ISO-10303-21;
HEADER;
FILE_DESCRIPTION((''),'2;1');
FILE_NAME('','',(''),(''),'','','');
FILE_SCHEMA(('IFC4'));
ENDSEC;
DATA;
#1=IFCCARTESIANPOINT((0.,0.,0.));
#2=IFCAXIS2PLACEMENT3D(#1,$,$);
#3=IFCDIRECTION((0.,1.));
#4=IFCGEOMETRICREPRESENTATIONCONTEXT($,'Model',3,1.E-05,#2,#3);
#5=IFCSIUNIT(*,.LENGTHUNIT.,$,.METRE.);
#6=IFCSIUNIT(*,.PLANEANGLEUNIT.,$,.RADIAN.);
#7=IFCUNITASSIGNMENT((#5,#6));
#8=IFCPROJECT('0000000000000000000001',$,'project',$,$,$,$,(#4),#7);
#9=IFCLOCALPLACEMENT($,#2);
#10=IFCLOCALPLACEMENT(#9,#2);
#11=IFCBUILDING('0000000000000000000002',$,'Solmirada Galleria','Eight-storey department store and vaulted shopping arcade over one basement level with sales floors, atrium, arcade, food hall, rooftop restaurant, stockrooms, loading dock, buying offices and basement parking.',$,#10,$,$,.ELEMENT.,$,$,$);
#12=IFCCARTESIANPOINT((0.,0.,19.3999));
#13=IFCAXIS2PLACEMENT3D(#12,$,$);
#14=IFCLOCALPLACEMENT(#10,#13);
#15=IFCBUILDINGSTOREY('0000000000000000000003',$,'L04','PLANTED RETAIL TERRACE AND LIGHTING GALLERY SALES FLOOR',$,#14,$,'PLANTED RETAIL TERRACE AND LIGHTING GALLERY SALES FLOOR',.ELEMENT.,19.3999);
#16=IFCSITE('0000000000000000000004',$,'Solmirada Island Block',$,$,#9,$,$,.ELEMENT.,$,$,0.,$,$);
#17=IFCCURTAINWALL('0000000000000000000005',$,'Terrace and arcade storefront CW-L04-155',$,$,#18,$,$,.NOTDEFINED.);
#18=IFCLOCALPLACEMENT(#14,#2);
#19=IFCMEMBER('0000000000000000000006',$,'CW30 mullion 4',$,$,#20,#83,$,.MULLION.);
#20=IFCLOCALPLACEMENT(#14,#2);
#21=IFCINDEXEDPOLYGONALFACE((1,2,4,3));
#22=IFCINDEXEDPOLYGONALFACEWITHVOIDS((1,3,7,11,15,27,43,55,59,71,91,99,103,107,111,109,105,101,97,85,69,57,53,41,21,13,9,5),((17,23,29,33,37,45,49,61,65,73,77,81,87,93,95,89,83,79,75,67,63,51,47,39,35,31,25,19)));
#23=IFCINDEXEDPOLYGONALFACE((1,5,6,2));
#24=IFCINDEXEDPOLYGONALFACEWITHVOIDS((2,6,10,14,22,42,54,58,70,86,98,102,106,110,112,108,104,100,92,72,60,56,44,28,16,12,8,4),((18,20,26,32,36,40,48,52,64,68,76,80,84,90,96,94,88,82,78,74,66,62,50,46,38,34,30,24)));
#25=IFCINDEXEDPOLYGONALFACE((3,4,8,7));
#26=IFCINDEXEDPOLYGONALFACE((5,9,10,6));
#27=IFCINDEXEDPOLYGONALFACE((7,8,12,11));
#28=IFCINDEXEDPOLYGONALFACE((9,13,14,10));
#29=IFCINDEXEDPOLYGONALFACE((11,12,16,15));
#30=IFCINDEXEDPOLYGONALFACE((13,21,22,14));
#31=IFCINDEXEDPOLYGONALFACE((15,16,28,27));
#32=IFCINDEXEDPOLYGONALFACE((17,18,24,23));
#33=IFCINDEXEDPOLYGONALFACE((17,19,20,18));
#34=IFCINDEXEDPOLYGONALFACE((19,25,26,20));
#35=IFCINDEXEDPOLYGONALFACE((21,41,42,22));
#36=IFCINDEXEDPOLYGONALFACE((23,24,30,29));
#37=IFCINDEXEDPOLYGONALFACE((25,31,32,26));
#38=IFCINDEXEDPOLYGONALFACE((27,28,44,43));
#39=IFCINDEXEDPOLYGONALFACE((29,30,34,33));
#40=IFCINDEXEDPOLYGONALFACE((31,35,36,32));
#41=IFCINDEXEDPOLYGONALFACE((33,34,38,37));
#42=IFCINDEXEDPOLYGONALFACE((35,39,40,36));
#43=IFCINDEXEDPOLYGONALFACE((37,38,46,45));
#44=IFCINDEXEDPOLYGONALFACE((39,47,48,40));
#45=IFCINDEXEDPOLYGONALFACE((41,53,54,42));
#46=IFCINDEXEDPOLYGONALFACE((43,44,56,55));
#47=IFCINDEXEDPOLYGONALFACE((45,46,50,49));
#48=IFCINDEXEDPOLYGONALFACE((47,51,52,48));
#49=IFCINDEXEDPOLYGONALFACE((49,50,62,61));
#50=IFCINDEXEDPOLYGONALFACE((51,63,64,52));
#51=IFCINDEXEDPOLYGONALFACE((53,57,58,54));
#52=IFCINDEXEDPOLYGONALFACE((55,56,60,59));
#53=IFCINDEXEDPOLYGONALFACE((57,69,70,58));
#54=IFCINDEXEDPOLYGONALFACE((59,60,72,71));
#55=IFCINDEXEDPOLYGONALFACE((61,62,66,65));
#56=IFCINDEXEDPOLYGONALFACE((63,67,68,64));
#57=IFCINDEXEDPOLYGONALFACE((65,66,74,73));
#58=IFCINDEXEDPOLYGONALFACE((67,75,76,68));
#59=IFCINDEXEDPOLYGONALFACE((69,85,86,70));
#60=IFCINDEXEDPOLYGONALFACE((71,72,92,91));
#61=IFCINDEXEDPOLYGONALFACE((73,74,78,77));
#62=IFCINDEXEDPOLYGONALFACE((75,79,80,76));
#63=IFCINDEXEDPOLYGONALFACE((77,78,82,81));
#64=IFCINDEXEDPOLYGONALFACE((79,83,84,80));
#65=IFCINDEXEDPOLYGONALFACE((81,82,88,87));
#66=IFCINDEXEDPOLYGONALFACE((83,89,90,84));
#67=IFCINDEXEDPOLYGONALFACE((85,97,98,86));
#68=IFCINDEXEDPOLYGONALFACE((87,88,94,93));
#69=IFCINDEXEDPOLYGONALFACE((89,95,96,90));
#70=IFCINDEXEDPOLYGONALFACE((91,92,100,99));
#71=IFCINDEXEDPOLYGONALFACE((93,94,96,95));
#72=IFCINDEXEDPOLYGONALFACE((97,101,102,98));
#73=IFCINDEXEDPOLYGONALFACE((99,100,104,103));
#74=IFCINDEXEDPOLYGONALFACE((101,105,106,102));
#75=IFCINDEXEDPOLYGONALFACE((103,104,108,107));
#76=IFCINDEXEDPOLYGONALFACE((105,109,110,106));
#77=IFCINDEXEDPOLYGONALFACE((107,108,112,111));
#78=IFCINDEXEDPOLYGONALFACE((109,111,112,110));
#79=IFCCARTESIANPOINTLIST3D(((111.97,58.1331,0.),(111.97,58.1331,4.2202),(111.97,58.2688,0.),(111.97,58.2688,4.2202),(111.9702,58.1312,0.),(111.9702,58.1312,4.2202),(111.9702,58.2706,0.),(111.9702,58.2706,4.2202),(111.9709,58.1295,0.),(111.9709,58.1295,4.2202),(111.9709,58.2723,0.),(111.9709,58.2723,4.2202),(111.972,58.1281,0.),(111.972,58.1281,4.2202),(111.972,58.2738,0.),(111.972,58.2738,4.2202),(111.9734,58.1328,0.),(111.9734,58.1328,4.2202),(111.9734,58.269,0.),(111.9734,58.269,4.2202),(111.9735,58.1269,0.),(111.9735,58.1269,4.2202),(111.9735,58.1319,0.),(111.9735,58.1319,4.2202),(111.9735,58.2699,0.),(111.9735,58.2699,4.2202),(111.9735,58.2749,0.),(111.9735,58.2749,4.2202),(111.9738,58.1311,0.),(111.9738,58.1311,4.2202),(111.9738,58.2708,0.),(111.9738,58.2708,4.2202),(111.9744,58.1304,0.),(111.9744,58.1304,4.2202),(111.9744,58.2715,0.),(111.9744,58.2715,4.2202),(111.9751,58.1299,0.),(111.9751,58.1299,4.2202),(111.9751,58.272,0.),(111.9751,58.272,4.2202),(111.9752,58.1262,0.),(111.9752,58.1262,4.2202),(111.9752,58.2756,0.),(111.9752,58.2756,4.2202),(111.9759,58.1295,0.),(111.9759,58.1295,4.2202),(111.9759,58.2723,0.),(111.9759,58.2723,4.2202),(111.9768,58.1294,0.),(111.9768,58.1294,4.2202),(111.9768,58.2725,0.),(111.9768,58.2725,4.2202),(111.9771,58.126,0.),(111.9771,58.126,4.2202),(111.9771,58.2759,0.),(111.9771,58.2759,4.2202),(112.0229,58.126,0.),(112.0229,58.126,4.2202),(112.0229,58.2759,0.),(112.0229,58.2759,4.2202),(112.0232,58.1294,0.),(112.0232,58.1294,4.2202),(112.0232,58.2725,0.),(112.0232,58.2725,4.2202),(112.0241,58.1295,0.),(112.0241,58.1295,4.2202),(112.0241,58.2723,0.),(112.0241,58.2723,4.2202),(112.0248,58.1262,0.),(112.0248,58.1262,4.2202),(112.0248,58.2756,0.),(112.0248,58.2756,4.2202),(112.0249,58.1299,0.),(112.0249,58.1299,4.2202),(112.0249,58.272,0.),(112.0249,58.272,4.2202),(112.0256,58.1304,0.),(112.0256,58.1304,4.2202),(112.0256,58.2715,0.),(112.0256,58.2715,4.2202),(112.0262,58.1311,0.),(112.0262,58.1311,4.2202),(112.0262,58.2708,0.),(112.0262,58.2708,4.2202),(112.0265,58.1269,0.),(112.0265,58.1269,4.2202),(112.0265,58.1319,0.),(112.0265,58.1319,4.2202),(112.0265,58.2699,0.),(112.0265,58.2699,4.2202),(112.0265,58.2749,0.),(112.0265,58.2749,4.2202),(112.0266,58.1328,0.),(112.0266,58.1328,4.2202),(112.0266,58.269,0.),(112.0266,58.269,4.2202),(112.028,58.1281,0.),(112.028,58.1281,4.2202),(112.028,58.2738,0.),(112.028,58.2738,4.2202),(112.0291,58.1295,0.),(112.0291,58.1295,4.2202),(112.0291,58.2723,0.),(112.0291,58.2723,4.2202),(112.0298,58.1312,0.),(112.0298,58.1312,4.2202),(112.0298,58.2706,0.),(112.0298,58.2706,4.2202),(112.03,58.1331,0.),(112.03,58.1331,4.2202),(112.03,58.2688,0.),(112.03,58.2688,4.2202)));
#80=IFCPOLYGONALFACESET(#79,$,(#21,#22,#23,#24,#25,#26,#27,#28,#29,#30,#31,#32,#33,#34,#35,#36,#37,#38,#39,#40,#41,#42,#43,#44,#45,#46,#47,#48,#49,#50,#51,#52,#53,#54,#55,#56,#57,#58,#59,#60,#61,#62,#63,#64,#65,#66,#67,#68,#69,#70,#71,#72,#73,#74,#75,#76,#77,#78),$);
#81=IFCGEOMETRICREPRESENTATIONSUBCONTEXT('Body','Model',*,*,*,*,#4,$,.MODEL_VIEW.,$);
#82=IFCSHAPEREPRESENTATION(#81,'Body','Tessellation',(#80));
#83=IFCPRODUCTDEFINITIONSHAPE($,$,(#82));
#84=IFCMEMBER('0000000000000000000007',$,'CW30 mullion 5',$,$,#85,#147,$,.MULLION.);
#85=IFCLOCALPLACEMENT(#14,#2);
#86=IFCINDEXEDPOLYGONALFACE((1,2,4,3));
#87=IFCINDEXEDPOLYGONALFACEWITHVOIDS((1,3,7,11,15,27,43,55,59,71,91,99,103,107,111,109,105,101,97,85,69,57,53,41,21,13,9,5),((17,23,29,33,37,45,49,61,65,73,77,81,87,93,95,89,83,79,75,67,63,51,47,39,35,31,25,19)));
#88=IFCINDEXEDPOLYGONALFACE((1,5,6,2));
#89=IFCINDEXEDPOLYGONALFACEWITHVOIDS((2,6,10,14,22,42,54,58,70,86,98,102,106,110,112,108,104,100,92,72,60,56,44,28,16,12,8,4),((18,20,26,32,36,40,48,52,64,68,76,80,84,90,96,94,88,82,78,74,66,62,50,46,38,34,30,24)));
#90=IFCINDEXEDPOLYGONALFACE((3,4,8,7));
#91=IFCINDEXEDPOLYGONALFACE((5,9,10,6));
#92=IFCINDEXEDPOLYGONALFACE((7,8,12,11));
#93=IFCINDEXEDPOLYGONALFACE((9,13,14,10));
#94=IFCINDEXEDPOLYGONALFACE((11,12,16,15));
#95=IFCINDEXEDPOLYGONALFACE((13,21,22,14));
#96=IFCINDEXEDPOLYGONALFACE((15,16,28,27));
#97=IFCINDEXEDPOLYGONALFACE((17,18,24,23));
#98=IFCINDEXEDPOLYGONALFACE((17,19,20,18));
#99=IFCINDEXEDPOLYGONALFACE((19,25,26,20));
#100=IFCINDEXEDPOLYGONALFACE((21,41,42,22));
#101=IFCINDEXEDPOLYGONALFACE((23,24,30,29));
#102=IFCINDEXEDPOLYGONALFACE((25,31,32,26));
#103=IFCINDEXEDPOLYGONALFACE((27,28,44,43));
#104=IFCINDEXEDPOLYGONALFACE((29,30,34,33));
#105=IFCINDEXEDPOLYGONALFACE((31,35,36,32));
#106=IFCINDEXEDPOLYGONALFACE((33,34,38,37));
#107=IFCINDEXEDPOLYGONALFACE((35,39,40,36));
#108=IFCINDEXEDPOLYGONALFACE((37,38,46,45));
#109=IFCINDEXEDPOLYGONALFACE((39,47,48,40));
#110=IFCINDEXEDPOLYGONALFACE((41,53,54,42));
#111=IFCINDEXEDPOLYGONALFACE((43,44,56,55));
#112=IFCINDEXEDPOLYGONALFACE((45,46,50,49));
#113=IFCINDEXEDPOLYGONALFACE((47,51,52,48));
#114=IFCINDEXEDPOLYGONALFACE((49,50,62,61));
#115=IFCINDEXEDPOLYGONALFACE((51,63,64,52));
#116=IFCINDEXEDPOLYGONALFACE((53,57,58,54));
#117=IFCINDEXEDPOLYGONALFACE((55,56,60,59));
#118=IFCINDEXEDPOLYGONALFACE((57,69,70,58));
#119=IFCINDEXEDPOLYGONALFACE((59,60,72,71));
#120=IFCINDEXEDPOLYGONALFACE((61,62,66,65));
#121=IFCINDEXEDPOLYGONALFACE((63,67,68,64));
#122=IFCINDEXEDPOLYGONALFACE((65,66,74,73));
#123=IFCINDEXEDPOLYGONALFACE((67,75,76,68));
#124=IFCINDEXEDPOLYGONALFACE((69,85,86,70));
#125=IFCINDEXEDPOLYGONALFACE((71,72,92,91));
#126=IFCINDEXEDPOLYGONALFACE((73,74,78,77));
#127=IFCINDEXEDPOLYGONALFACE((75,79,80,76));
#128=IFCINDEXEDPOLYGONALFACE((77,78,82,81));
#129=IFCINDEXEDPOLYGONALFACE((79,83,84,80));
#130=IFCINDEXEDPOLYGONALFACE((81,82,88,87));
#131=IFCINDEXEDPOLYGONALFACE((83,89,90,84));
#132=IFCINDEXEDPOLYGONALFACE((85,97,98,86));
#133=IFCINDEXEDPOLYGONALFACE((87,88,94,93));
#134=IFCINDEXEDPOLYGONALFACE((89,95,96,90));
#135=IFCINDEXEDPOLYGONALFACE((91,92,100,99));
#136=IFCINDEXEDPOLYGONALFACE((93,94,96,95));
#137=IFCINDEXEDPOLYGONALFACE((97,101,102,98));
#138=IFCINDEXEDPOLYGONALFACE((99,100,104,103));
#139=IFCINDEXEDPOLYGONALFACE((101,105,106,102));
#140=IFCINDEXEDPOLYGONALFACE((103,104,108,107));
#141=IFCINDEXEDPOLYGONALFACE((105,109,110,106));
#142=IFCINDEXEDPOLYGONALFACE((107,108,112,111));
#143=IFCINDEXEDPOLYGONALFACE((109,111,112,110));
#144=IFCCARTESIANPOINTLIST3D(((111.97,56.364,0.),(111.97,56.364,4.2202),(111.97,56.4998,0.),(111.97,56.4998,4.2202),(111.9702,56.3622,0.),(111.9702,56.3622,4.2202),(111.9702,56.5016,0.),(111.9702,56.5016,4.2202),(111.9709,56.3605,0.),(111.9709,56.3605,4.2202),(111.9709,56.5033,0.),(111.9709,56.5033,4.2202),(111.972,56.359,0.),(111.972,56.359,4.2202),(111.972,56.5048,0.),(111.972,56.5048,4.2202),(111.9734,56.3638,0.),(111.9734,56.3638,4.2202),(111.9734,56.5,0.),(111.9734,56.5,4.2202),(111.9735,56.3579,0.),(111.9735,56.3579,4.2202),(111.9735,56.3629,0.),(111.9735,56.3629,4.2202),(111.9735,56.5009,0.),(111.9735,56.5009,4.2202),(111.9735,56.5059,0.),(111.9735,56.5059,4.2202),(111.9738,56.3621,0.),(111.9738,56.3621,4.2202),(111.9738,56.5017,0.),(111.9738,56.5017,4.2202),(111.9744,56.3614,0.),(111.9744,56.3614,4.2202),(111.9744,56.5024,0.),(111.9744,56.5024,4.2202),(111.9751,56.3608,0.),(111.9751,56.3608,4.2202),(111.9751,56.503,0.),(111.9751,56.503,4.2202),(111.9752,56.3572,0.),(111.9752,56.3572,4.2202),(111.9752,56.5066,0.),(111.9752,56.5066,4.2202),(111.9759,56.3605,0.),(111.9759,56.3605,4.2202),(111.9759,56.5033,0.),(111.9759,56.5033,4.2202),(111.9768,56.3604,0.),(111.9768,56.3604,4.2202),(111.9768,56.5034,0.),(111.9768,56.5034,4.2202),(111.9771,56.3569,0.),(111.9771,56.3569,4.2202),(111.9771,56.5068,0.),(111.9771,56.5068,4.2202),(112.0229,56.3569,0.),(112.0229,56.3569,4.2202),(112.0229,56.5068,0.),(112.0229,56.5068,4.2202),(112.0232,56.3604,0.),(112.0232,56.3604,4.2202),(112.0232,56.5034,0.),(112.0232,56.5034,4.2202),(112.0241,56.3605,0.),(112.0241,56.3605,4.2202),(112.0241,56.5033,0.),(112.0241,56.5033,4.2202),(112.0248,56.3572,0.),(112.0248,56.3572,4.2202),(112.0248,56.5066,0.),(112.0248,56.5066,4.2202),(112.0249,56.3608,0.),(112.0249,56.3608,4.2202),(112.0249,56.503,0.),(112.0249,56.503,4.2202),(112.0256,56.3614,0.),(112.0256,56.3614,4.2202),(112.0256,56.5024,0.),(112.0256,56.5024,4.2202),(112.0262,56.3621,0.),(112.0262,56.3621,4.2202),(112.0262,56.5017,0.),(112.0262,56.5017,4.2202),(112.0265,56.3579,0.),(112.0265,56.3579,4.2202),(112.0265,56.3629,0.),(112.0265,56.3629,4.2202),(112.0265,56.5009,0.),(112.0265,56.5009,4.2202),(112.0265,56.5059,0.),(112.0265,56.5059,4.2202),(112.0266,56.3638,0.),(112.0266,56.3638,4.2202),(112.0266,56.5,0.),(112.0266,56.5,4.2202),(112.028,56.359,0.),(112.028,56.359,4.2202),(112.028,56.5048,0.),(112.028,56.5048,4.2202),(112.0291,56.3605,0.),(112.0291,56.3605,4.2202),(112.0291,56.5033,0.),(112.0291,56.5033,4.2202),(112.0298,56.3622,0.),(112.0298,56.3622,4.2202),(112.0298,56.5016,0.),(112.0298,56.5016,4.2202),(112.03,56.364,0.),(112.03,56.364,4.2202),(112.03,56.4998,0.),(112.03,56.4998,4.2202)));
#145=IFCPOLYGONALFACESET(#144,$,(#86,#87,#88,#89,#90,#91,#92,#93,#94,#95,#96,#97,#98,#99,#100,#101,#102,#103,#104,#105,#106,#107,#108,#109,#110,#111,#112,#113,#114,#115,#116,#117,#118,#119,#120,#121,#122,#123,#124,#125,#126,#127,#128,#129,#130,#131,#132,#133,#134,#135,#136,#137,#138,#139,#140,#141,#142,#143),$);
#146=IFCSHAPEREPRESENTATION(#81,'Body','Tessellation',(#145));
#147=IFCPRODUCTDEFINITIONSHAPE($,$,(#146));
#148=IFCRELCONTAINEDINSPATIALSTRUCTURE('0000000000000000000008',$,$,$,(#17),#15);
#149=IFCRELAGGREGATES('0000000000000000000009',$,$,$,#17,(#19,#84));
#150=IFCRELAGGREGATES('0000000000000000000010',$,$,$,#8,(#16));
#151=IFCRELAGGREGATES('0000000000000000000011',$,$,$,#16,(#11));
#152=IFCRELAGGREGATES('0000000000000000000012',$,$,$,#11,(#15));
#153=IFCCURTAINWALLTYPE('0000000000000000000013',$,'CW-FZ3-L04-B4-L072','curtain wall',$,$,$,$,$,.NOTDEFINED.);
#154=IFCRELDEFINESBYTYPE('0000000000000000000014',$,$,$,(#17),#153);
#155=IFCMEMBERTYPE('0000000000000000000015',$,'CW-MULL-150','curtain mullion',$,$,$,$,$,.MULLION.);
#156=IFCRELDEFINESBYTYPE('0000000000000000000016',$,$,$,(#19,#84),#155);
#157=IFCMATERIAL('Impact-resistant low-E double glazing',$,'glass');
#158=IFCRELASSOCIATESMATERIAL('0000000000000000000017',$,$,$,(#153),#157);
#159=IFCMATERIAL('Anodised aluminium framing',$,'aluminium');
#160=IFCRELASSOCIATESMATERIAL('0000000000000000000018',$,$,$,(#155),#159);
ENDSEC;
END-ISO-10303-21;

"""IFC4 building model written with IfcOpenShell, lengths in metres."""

from ifc_helpers import new_model, si_unit, direction, frame, origin, origin_2d, place, context, subcontext, project, spatial, hollow_rectangle, extrude, material, material_profile, profile_set, type_object, element, aggregate, save


model = new_model("IFC4")

# Units and contexts
model_context = context("Model", 3, precision=1e-05, world=origin(), true_north=direction((0.0, 1.0)))
body_context = subcontext(model_context, "Body", "Model", "MODEL_VIEW")
ifc_project = project(units=[si_unit("LENGTHUNIT", "METRE"), si_unit("PLANEANGLEUNIT", "RADIAN")], contexts=[model_context])

# Site, building, storey
site_placement = place(None, origin())
site = spatial("IfcSite", under=ifc_project, at=site_placement, Name="Solmirada Island Block", CompositionType="ELEMENT", RefElevation=0.0)
building_placement = place(site_placement, origin())
building = spatial("IfcBuilding", under=site, at=building_placement, Name="Solmirada Galleria", Description="Eight-storey department store and vaulted shopping arcade over one basement level with sales floors, atrium, arcade, food hall, rooftop restaurant, stockrooms, loading dock, buying offices and basement parking.", CompositionType="ELEMENT")
storey_placement = place(building_placement, frame((0.0, 0.0, 19.3999)))
storey = spatial("IfcBuildingStorey", under=building, at=storey_placement, Name="L04", Description="PLANTED RETAIL TERRACE AND LIGHTING GALLERY SALES FLOOR", LongName="PLANTED RETAIL TERRACE AND LIGHTING GALLERY SALES FLOOR", CompositionType="ELEMENT", Elevation=19.3999)

# Curtain wall, members
ifc_material_1 = material(Name="Impact-resistant low-E double glazing", Category="glass")
curtain_wall_type_1 = type_object("IfcCurtainWallType", Name="CW-FZ3-L04-B4-L072", Description="curtain wall", PredefinedType="NOTDEFINED", material=ifc_material_1)
curtain_wall_1_placement = place(storey_placement, origin())
curtain_wall_1 = element("IfcCurtainWall", 1, at=curtain_wall_1_placement, inside=storey, type_object=curtain_wall_type_1, Name="Terrace and arcade storefront CW-L04-155", PredefinedType="NOTDEFINED")
ifc_material_2 = material(Name="Anodised aluminium framing", Category="aluminium")
ifc_material_profile_1 = material_profile(ifc_material_2, hollow_rectangle(XDim=0.0601, YDim=0.1499, WallThickness=0.0034, InnerFilletRadius=0.0034, OuterFilletRadius=0.0071, at=origin_2d()), Name="ALU-MULL-150X60")
ifc_profile_set_1 = profile_set([ifc_material_profile_1], Name="Anodised aluminium framing")
member_type_1 = type_object("IfcMemberType", Name="CW-MULL-150", Description="curtain mullion", PredefinedType="MULLION", material=ifc_profile_set_1)
member_1_placement = place(storey_placement, frame((112.0, 58.2009, 0.0), z_axis=(0.0, 0.0, 1.0), x_axis=(1.0, 0.0, 0.0)))
member_1 = element("IfcMember", 2, at=member_1_placement, type_object=member_type_1, Name="CW30 mullion 4", PredefinedType="MULLION", context=body_context, shape_type="SweptSolid", body=[
    extrude(hollow_rectangle(XDim=0.0601, YDim=0.1499, WallThickness=0.0034, InnerFilletRadius=0.0034, OuterFilletRadius=0.0071, at=origin_2d()), origin(), (0.0, 0.0, 1.0), 4.2202),
])
member_2_placement = place(storey_placement, frame((112.0, 56.4319, 0.0), z_axis=(0.0, 0.0, 1.0), x_axis=(1.0, 0.0, 0.0)))
member_2 = element("IfcMember", 3, at=member_2_placement, type_object=member_type_1, Name="CW30 mullion 5", PredefinedType="MULLION", context=body_context, shape_type="SweptSolid", body=[
    extrude(hollow_rectangle(XDim=0.0601, YDim=0.1499, WallThickness=0.0034, InnerFilletRadius=0.0034, OuterFilletRadius=0.0071, at=origin_2d()), origin(), (0.0, 0.0, 1.0), 4.2202),
])

aggregate(curtain_wall_1, [member_1, member_2])

save(model, "model.ifc")
